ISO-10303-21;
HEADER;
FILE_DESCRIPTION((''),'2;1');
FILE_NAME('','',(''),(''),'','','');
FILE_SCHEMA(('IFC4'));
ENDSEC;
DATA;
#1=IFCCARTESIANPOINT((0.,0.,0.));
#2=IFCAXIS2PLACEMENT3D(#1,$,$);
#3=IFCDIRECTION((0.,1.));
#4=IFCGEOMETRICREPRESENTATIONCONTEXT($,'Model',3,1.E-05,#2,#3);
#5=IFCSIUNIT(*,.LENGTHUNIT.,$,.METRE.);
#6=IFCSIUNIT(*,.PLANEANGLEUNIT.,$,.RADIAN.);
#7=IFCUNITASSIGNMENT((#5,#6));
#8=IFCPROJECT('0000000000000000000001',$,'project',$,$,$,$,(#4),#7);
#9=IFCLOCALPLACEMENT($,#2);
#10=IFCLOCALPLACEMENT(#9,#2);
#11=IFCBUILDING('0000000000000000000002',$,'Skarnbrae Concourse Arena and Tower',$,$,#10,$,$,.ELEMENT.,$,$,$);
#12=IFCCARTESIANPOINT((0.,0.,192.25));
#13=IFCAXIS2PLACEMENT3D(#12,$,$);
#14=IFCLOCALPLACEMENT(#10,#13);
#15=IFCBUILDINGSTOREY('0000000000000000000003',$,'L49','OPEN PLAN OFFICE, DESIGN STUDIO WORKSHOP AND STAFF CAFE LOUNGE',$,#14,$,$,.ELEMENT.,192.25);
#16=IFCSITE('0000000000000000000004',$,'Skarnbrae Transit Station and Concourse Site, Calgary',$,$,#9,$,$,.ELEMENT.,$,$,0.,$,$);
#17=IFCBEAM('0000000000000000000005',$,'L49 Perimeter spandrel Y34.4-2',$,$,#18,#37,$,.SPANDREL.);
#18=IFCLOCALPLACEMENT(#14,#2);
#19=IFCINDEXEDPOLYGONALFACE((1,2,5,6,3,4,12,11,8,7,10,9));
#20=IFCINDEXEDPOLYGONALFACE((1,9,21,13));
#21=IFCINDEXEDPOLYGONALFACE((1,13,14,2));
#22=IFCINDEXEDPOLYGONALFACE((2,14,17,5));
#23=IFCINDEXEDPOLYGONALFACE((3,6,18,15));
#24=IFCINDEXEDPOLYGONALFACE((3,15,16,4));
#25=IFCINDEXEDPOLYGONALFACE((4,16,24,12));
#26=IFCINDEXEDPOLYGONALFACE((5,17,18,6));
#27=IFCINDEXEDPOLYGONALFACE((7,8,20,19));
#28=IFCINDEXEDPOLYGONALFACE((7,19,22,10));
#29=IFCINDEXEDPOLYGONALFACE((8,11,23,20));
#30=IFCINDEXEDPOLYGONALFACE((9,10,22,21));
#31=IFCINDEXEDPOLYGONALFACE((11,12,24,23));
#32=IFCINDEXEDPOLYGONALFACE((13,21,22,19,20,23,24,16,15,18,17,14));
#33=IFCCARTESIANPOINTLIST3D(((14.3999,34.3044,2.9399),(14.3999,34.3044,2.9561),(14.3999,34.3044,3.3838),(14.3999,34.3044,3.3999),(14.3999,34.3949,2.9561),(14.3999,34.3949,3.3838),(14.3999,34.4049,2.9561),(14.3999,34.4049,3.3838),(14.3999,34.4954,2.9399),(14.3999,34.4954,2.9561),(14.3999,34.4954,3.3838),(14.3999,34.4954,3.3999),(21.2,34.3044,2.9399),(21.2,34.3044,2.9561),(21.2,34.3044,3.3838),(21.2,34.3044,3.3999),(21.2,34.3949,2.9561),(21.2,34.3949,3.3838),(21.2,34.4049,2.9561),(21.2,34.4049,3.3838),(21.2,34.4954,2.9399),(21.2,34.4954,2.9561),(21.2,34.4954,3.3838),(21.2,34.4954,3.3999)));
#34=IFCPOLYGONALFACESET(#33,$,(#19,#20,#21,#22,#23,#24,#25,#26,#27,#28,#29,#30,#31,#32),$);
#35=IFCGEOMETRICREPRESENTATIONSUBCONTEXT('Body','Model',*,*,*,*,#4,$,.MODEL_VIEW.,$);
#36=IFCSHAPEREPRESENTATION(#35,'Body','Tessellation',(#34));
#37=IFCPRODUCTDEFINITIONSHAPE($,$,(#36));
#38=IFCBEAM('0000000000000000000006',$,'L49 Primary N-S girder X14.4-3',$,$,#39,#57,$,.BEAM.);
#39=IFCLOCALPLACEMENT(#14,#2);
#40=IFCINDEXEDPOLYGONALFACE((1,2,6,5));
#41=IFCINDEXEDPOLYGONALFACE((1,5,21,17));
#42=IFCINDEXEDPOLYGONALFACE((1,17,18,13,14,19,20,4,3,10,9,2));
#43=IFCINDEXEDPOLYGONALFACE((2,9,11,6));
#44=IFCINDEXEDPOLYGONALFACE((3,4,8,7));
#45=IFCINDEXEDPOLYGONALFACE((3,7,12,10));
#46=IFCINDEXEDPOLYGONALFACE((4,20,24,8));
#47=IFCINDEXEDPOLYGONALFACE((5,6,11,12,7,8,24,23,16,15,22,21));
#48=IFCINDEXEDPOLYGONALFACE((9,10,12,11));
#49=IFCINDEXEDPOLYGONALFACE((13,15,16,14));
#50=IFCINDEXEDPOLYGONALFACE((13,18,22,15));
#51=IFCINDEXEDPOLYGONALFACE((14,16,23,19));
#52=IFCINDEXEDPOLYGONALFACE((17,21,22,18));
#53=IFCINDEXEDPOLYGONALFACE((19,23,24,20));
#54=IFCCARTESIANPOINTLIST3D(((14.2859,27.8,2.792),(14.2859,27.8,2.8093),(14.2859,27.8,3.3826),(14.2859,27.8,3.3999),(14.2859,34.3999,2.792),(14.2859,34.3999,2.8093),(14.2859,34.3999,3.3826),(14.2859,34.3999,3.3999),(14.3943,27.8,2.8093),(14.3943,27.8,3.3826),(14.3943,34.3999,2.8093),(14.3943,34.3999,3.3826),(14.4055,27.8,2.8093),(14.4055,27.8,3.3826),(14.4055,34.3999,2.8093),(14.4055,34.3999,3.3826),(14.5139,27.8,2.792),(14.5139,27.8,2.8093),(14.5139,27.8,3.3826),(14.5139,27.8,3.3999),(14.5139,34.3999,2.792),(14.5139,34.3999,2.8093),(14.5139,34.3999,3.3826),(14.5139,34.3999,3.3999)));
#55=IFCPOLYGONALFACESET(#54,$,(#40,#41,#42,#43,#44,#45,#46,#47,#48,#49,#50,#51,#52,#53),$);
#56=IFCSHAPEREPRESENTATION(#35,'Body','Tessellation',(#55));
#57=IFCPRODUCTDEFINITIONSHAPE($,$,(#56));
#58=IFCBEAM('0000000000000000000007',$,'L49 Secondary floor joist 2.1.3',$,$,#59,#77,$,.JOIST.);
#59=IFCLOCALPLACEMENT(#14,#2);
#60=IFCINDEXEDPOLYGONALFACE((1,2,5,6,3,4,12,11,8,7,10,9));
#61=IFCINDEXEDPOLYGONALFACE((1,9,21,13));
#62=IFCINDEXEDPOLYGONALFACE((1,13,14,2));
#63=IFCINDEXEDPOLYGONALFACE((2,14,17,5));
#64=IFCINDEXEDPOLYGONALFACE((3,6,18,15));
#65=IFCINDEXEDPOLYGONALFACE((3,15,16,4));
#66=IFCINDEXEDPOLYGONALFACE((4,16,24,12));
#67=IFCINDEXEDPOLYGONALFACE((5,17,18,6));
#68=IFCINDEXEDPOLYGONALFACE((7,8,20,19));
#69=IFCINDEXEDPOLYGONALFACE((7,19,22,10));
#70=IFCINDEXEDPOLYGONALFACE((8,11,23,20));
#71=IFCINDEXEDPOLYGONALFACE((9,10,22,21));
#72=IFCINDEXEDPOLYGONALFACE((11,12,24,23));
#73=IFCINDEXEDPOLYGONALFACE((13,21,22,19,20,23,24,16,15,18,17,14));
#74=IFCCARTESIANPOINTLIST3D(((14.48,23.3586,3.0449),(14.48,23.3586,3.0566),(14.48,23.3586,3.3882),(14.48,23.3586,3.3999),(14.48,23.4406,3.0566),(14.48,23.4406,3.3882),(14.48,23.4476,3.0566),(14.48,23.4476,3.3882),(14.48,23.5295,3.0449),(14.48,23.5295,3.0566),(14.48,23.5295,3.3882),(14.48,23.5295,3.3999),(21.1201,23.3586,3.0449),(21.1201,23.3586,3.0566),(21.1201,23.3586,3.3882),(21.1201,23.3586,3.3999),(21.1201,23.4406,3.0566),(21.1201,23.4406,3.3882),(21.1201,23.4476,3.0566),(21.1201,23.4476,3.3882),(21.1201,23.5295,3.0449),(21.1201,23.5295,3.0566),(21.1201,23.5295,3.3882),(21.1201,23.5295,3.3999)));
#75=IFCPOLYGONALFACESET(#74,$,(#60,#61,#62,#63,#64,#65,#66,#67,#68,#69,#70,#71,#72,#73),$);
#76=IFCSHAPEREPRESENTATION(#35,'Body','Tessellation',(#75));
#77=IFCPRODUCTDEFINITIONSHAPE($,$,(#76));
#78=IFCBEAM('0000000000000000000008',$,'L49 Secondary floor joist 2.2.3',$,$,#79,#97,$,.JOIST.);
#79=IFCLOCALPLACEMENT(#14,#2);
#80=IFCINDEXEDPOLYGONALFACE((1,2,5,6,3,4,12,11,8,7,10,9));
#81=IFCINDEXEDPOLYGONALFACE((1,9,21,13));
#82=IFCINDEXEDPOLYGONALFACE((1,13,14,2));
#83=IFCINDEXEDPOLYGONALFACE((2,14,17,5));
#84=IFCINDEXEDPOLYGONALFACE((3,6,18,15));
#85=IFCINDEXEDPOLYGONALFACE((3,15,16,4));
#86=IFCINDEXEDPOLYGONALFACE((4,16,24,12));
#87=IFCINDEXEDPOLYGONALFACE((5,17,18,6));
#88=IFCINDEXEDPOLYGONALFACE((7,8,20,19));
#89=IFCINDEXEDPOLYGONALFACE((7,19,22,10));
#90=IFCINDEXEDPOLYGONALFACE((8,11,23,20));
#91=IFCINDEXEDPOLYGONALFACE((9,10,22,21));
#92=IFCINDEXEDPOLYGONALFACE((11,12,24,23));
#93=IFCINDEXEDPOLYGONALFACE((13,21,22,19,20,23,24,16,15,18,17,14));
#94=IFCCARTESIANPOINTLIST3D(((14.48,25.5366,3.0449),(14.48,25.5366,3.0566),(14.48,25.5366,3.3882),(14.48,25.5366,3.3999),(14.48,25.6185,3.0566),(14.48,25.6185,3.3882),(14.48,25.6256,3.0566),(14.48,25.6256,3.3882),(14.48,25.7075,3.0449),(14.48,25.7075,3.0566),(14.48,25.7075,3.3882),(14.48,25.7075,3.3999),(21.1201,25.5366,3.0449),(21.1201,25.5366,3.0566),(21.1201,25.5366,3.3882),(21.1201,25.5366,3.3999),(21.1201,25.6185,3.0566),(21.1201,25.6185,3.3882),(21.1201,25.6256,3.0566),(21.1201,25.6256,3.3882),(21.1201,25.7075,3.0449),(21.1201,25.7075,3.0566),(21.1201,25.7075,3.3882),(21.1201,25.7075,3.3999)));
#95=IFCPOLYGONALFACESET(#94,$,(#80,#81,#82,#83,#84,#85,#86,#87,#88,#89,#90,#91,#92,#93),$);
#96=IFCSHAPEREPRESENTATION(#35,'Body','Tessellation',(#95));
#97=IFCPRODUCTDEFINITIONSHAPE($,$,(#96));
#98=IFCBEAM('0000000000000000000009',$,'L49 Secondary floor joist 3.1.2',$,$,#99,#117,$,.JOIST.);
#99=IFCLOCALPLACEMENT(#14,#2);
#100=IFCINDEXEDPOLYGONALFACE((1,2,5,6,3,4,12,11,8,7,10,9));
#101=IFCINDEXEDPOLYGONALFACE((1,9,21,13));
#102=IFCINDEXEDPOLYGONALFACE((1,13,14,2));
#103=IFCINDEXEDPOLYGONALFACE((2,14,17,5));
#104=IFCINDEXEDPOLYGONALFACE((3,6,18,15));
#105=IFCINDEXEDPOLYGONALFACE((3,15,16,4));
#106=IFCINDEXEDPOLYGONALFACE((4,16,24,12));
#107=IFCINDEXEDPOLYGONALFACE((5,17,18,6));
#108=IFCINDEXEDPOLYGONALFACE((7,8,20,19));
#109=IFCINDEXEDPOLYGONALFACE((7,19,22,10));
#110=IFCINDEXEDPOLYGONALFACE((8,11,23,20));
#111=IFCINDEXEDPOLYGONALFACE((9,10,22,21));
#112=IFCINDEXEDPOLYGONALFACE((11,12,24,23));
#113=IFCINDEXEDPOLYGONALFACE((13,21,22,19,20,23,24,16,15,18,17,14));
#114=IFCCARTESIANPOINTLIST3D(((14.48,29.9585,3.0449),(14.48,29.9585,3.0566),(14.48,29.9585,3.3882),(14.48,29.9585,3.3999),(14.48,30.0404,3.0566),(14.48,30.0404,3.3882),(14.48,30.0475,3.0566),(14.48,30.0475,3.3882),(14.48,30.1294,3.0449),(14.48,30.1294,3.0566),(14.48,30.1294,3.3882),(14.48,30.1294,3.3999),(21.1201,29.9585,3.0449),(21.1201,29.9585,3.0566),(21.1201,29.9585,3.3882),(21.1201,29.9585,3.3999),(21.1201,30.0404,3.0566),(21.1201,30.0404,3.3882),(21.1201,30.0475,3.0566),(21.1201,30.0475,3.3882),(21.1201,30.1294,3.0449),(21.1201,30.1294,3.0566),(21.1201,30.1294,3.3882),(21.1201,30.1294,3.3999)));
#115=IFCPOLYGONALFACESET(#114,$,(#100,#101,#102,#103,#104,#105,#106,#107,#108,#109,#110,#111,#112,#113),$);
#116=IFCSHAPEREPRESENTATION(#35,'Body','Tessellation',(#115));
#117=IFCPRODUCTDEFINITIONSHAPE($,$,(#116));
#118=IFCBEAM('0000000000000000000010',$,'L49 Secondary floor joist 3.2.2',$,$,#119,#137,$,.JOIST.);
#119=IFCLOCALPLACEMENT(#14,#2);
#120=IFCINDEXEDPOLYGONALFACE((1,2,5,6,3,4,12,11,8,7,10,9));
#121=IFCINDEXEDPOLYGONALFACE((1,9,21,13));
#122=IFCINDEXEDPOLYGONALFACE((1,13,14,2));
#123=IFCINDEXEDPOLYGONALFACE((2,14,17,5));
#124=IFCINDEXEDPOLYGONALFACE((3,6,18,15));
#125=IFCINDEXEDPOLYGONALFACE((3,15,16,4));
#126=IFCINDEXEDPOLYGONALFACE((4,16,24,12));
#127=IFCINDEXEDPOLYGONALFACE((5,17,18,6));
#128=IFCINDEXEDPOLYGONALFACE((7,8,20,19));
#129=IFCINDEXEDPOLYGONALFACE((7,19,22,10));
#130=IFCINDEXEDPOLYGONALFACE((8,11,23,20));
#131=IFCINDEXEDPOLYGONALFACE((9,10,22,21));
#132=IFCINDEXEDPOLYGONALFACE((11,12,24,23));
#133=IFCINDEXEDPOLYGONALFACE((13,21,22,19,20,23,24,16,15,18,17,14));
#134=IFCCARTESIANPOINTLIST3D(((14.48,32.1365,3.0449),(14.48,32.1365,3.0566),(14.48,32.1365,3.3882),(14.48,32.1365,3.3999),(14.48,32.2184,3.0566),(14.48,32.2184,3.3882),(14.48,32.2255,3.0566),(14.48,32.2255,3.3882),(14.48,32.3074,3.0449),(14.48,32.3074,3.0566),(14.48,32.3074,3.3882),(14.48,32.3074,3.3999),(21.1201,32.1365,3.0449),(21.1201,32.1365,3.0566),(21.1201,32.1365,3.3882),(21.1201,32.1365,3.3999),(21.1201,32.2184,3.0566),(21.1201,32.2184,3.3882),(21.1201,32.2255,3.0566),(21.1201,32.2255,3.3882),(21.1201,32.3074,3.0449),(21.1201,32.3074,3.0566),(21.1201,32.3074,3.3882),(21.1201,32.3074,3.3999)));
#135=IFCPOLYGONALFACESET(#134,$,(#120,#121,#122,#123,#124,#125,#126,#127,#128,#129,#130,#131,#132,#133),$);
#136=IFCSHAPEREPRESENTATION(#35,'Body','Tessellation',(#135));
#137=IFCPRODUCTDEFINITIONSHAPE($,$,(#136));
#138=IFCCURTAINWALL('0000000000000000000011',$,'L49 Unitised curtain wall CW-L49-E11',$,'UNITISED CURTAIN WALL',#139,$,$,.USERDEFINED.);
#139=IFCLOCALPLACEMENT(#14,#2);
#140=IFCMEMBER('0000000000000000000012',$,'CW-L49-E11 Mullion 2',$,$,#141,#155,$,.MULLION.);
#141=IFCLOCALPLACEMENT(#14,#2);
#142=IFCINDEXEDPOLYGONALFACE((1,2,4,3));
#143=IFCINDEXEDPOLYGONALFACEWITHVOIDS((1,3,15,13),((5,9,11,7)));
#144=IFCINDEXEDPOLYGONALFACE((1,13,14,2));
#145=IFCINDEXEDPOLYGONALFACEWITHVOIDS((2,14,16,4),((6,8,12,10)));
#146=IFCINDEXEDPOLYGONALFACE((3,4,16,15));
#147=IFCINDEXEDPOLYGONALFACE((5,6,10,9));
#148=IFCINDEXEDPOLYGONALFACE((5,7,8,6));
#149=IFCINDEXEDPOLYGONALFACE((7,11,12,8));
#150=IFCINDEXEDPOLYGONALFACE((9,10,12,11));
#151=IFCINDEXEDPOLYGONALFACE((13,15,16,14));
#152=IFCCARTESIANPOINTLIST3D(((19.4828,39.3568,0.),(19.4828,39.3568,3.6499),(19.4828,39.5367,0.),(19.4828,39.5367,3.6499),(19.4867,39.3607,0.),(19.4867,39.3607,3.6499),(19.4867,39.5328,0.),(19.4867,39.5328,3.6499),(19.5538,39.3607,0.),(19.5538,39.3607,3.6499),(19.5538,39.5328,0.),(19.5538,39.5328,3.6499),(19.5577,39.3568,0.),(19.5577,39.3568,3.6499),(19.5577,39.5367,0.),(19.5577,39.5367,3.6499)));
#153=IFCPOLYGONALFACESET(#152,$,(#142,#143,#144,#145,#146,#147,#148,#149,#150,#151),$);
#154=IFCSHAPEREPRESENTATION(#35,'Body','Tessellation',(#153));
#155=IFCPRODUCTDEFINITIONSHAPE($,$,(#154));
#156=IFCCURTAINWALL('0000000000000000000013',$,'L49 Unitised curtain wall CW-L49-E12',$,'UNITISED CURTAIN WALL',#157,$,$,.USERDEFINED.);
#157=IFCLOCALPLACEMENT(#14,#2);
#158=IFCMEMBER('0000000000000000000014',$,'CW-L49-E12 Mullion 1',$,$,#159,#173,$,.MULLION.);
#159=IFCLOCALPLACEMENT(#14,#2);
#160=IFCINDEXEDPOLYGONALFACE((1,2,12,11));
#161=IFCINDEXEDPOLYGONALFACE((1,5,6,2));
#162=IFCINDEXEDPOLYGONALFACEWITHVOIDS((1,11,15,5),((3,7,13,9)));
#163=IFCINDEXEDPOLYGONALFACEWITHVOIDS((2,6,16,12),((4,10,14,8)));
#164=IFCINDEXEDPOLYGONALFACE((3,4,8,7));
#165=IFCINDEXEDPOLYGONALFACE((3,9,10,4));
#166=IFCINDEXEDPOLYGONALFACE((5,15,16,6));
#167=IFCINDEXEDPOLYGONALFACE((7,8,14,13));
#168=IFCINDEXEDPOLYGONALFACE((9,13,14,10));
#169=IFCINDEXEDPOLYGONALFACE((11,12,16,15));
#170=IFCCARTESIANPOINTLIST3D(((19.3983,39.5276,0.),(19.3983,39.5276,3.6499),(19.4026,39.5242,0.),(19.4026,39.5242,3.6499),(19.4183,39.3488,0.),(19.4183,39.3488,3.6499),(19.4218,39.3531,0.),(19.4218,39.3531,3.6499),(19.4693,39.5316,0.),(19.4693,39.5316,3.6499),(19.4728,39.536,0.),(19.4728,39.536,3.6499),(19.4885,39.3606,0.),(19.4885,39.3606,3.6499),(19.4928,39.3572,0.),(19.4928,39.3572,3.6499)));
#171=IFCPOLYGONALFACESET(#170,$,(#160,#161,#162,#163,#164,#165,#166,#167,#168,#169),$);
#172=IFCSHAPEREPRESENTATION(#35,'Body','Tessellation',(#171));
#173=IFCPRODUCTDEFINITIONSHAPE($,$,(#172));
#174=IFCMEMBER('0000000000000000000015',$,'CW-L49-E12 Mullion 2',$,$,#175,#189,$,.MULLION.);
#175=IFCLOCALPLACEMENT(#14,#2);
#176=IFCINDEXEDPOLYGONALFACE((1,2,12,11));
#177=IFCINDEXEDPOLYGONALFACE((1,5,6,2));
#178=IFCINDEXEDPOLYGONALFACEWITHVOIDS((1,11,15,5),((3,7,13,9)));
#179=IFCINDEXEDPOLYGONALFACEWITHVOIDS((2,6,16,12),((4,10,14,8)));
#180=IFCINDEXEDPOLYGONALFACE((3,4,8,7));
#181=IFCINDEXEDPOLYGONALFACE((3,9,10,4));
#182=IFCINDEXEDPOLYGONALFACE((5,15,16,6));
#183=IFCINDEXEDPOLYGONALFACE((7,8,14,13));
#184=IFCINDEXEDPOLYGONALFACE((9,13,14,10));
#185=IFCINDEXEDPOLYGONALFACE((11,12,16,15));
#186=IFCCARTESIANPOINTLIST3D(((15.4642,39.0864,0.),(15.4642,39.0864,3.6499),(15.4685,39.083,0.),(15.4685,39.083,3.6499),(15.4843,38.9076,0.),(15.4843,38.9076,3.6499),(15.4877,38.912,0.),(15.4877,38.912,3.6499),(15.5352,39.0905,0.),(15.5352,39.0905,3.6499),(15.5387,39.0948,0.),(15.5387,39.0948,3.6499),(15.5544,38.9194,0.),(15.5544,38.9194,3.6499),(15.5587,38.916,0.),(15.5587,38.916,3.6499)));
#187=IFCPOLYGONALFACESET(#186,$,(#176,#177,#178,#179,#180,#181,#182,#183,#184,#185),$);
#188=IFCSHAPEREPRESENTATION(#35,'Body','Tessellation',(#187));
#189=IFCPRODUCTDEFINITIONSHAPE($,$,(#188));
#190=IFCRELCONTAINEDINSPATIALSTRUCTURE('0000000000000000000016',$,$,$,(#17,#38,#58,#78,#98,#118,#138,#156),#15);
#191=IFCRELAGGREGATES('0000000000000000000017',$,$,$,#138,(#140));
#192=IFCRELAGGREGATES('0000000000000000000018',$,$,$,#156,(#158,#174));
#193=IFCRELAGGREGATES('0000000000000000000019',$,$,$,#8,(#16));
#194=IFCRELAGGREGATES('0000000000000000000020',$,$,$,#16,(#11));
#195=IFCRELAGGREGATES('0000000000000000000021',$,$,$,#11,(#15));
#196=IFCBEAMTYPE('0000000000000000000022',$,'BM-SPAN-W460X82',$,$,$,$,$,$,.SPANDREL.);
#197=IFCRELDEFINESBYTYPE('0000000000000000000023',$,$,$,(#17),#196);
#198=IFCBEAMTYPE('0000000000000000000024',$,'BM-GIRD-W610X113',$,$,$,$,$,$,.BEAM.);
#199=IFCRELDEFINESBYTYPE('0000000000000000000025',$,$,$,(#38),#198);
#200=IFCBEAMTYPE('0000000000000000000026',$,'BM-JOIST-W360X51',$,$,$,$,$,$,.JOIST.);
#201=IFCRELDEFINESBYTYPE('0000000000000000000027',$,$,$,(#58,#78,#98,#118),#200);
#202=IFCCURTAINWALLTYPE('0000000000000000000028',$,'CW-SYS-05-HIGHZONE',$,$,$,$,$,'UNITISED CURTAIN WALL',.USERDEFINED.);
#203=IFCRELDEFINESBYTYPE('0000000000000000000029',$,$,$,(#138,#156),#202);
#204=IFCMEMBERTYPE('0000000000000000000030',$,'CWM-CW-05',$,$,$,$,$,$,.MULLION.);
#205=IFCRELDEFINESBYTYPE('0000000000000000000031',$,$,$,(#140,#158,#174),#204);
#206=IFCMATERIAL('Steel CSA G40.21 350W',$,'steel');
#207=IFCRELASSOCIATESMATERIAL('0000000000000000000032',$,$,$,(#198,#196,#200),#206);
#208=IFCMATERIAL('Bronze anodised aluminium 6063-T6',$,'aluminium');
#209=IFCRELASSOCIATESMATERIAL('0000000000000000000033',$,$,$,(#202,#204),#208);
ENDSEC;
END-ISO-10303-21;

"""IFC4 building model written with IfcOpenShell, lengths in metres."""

from ifc_helpers import new_model, si_unit, direction, frame, origin, origin_2d, place, context, subcontext, project, spatial, hollow_rectangle, i_section, extrude, source, transform, mapped, material, material_profile, profile_set, type_object, element, aggregate, save


model = new_model("IFC4")

# Units and contexts
model_context = context("Model", 3, precision=1e-05, world=origin(), true_north=direction((0.0, 1.0)))
body_context = subcontext(model_context, "Body", "Model", "MODEL_VIEW")
ifc_project = project(units=[si_unit("LENGTHUNIT", "METRE"), si_unit("PLANEANGLEUNIT", "RADIAN")], contexts=[model_context])

# Site, building, storey
site_placement = place(None, origin())
site = spatial("IfcSite", under=ifc_project, at=site_placement, Name="Skarnbrae Transit Station and Concourse Site, Calgary", CompositionType="ELEMENT", RefElevation=0.0)
building_placement = place(site_placement, origin())
building = spatial("IfcBuilding", under=site, at=building_placement, Name="Skarnbrae Concourse Arena and Tower", CompositionType="ELEMENT")
storey_placement = place(building_placement, frame((0.0, 0.0, 192.25)))
storey = spatial("IfcBuildingStorey", under=building, at=storey_placement, Name="L49", Description="OPEN PLAN OFFICE, DESIGN STUDIO WORKSHOP AND STAFF CAFE LOUNGE", CompositionType="ELEMENT", Elevation=192.25)

# Shared definitions
ifc_material_1 = material(Name="Steel CSA G40.21 350W", Category="steel")

# Beams
ifc_material_profile_1 = material_profile(ifc_material_1, i_section(OverallWidth=0.228, OverallDepth=0.6079, WebThickness=0.0112, FlangeThickness=0.0173, at=origin_2d()), Name="W610X113")
ifc_profile_set_1 = profile_set([ifc_material_profile_1], Name="Steel CSA G40.21 350W")
beam_type_1 = type_object("IfcBeamType", Name="BM-GIRD-W610X113", PredefinedType="BEAM", material=ifc_profile_set_1)
ifc_material_profile_2 = material_profile(ifc_material_1, i_section(OverallWidth=0.1909, OverallDepth=0.46, WebThickness=0.01, FlangeThickness=0.0161, at=origin_2d()), Name="W460X82")
ifc_profile_set_2 = profile_set([ifc_material_profile_2], Name="Steel CSA G40.21 350W")
beam_type_2 = type_object("IfcBeamType", Name="BM-SPAN-W460X82", PredefinedType="SPANDREL", material=ifc_profile_set_2)
shared_shape_1 = source(origin(), body_context, "Body", "SweptSolid", [
    extrude(i_section(OverallWidth=0.1909, OverallDepth=0.46, WebThickness=0.01, FlangeThickness=0.0161, at=origin_2d()), origin(), (0.0, 0.0, 1.0), 6.8),
])
beam_1_placement = place(storey_placement, frame((14.3999, 34.3999, 3.1699), z_axis=(1.0, 0.0, 0.0), x_axis=(0.0, 1.0, 0.0)))
element("IfcBeam", 1, at=beam_1_placement, inside=storey, type_object=beam_type_2, Name="L49 Perimeter spandrel Y34.4-2", PredefinedType="SPANDREL", context=body_context, shape_type="MappedRepresentation", body=[
    mapped(shared_shape_1, transform((0.0, 0.0, 0.0))),
])
shared_shape_2 = source(origin(), body_context, "Body", "SweptSolid", [
    extrude(i_section(OverallWidth=0.228, OverallDepth=0.6079, WebThickness=0.0112, FlangeThickness=0.0173, at=origin_2d()), origin(), (0.0, 0.0, 1.0), 6.5999),
])
beam_2_placement = place(storey_placement, frame((14.3999, 27.8, 3.0959), z_axis=(0.0, 1.0, 0.0), x_axis=(-1.0, 0.0, 0.0)))
element("IfcBeam", 2, at=beam_2_placement, inside=storey, type_object=beam_type_1, Name="L49 Primary N-S girder X14.4-3", PredefinedType="BEAM", context=body_context, shape_type="MappedRepresentation", body=[
    mapped(shared_shape_2, transform((0.0, 0.0, 0.0))),
])
ifc_material_profile_3 = material_profile(ifc_material_1, i_section(OverallWidth=0.1709, OverallDepth=0.355, WebThickness=0.0071, FlangeThickness=0.0117, at=origin_2d()), Name="W360X51")
ifc_profile_set_3 = profile_set([ifc_material_profile_3], Name="Steel CSA G40.21 350W")
beam_type_3 = type_object("IfcBeamType", Name="BM-JOIST-W360X51", PredefinedType="JOIST", material=ifc_profile_set_3)
shared_shape_3 = source(origin(), body_context, "Body", "SweptSolid", [
    extrude(i_section(OverallWidth=0.1709, OverallDepth=0.355, WebThickness=0.0071, FlangeThickness=0.0117, at=origin_2d()), origin(), (0.0, 0.0, 1.0), 6.6401),
])
for number, where, z_axis, x_axis, name in (
    (3, (14.48, 23.4441, 3.2224), (1.0, 0.0, 0.0), (0.0, 1.0, 0.0), "L49 Secondary floor joist 2.1.3"),
    (4, (14.48, 25.6221, 3.2224), (1.0, 0.0, 0.0), (0.0, 1.0, 0.0), "L49 Secondary floor joist 2.2.3"),
    (5, (14.48, 30.0439, 3.2224), (1.0, 0.0, 0.0), (0.0, 1.0, 0.0), "L49 Secondary floor joist 3.1.2"),
    (6, (14.48, 32.2219, 3.2224), (1.0, 0.0, 0.0), (0.0, 1.0, 0.0), "L49 Secondary floor joist 3.2.2"),
):
    element("IfcBeam", number, at=place(storey_placement, frame(where, z_axis=z_axis, x_axis=x_axis)), inside=storey, type_object=beam_type_3, Name=name, PredefinedType="JOIST", context=body_context, shape_type="MappedRepresentation", body=[
        mapped(shared_shape_3, transform((0.0, 0.0, 0.0))),
    ])

# Curtain wall, member
ifc_material_2 = material(Name="Bronze anodised aluminium 6063-T6", Category="aluminium")
curtain_wall_type = type_object("IfcCurtainWallType", Name="CW-SYS-05-HIGHZONE", ElementType="UNITISED CURTAIN WALL", PredefinedType="USERDEFINED", material=ifc_material_2)
curtain_wall_1_placement = place(storey_placement, origin())
curtain_wall_1 = element("IfcCurtainWall", 7, at=curtain_wall_1_placement, inside=storey, type_object=curtain_wall_type, Name="L49 Unitised curtain wall CW-L49-E11", ObjectType="UNITISED CURTAIN WALL", PredefinedType="USERDEFINED")
ifc_material_profile_4 = material_profile(ifc_material_2, hollow_rectangle(XDim=0.075, YDim=0.1799, WallThickness=0.0039, at=origin_2d()), Name="ALU-MULL-75X180")
ifc_profile_set_4 = profile_set([ifc_material_profile_4], Name="Bronze anodised aluminium 6063-T6")
member_type_1 = type_object("IfcMemberType", Name="CWM-CW-05", PredefinedType="MULLION", material=ifc_profile_set_4)
shared_shape_4 = source(origin(), body_context, "Body", "SweptSolid", [
    extrude(hollow_rectangle(XDim=0.075, YDim=0.1799, WallThickness=0.0039, at=origin_2d()), origin(), (0.0, 0.0, 1.0), 3.6499),
])
member_1_placement = place(storey_placement, frame((19.5203, 39.4468, 0.0), z_axis=(0.0, 0.0, 1.0), x_axis=(-1.0, 0.0, 0.0)))
member_1 = element("IfcMember", 8, at=member_1_placement, type_object=member_type_1, Name="CW-L49-E11 Mullion 2", PredefinedType="MULLION", context=body_context, shape_type="MappedRepresentation", body=[
    mapped(shared_shape_4, transform((0.0, 0.0, 0.0))),
])
aggregate(curtain_wall_1, [member_1])

# Curtain wall, members
curtain_wall_2_placement = place(storey_placement, origin())
curtain_wall_2 = element("IfcCurtainWall", 9, at=curtain_wall_2_placement, inside=storey, type_object=curtain_wall_type, Name="L49 Unitised curtain wall CW-L49-E12", ObjectType="UNITISED CURTAIN WALL", PredefinedType="USERDEFINED")
member_2_placement = place(storey_placement, frame((19.4456, 39.4424, 0.0), z_axis=(0.0, 0.0, 1.0), x_axis=(-0.993769, -0.11146, 0.0)))
member_2 = element("IfcMember", 10, at=member_2_placement, type_object=member_type_1, Name="CW-L49-E12 Mullion 1", PredefinedType="MULLION", context=body_context, shape_type="MappedRepresentation", body=[
    mapped(shared_shape_4, transform((0.0, 0.0, 0.0))),
])
member_3_placement = place(storey_placement, frame((15.5115, 39.0012, 0.0), z_axis=(0.0, 0.0, 1.0), x_axis=(-0.993769, -0.11146, 0.0)))
member_3 = element("IfcMember", 11, at=member_3_placement, type_object=member_type_1, Name="CW-L49-E12 Mullion 2", PredefinedType="MULLION", context=body_context, shape_type="MappedRepresentation", body=[
    mapped(shared_shape_4, transform((0.0, 0.0, 0.0))),
])

aggregate(curtain_wall_2, [member_2, member_3])

save(model, "model.ifc")
